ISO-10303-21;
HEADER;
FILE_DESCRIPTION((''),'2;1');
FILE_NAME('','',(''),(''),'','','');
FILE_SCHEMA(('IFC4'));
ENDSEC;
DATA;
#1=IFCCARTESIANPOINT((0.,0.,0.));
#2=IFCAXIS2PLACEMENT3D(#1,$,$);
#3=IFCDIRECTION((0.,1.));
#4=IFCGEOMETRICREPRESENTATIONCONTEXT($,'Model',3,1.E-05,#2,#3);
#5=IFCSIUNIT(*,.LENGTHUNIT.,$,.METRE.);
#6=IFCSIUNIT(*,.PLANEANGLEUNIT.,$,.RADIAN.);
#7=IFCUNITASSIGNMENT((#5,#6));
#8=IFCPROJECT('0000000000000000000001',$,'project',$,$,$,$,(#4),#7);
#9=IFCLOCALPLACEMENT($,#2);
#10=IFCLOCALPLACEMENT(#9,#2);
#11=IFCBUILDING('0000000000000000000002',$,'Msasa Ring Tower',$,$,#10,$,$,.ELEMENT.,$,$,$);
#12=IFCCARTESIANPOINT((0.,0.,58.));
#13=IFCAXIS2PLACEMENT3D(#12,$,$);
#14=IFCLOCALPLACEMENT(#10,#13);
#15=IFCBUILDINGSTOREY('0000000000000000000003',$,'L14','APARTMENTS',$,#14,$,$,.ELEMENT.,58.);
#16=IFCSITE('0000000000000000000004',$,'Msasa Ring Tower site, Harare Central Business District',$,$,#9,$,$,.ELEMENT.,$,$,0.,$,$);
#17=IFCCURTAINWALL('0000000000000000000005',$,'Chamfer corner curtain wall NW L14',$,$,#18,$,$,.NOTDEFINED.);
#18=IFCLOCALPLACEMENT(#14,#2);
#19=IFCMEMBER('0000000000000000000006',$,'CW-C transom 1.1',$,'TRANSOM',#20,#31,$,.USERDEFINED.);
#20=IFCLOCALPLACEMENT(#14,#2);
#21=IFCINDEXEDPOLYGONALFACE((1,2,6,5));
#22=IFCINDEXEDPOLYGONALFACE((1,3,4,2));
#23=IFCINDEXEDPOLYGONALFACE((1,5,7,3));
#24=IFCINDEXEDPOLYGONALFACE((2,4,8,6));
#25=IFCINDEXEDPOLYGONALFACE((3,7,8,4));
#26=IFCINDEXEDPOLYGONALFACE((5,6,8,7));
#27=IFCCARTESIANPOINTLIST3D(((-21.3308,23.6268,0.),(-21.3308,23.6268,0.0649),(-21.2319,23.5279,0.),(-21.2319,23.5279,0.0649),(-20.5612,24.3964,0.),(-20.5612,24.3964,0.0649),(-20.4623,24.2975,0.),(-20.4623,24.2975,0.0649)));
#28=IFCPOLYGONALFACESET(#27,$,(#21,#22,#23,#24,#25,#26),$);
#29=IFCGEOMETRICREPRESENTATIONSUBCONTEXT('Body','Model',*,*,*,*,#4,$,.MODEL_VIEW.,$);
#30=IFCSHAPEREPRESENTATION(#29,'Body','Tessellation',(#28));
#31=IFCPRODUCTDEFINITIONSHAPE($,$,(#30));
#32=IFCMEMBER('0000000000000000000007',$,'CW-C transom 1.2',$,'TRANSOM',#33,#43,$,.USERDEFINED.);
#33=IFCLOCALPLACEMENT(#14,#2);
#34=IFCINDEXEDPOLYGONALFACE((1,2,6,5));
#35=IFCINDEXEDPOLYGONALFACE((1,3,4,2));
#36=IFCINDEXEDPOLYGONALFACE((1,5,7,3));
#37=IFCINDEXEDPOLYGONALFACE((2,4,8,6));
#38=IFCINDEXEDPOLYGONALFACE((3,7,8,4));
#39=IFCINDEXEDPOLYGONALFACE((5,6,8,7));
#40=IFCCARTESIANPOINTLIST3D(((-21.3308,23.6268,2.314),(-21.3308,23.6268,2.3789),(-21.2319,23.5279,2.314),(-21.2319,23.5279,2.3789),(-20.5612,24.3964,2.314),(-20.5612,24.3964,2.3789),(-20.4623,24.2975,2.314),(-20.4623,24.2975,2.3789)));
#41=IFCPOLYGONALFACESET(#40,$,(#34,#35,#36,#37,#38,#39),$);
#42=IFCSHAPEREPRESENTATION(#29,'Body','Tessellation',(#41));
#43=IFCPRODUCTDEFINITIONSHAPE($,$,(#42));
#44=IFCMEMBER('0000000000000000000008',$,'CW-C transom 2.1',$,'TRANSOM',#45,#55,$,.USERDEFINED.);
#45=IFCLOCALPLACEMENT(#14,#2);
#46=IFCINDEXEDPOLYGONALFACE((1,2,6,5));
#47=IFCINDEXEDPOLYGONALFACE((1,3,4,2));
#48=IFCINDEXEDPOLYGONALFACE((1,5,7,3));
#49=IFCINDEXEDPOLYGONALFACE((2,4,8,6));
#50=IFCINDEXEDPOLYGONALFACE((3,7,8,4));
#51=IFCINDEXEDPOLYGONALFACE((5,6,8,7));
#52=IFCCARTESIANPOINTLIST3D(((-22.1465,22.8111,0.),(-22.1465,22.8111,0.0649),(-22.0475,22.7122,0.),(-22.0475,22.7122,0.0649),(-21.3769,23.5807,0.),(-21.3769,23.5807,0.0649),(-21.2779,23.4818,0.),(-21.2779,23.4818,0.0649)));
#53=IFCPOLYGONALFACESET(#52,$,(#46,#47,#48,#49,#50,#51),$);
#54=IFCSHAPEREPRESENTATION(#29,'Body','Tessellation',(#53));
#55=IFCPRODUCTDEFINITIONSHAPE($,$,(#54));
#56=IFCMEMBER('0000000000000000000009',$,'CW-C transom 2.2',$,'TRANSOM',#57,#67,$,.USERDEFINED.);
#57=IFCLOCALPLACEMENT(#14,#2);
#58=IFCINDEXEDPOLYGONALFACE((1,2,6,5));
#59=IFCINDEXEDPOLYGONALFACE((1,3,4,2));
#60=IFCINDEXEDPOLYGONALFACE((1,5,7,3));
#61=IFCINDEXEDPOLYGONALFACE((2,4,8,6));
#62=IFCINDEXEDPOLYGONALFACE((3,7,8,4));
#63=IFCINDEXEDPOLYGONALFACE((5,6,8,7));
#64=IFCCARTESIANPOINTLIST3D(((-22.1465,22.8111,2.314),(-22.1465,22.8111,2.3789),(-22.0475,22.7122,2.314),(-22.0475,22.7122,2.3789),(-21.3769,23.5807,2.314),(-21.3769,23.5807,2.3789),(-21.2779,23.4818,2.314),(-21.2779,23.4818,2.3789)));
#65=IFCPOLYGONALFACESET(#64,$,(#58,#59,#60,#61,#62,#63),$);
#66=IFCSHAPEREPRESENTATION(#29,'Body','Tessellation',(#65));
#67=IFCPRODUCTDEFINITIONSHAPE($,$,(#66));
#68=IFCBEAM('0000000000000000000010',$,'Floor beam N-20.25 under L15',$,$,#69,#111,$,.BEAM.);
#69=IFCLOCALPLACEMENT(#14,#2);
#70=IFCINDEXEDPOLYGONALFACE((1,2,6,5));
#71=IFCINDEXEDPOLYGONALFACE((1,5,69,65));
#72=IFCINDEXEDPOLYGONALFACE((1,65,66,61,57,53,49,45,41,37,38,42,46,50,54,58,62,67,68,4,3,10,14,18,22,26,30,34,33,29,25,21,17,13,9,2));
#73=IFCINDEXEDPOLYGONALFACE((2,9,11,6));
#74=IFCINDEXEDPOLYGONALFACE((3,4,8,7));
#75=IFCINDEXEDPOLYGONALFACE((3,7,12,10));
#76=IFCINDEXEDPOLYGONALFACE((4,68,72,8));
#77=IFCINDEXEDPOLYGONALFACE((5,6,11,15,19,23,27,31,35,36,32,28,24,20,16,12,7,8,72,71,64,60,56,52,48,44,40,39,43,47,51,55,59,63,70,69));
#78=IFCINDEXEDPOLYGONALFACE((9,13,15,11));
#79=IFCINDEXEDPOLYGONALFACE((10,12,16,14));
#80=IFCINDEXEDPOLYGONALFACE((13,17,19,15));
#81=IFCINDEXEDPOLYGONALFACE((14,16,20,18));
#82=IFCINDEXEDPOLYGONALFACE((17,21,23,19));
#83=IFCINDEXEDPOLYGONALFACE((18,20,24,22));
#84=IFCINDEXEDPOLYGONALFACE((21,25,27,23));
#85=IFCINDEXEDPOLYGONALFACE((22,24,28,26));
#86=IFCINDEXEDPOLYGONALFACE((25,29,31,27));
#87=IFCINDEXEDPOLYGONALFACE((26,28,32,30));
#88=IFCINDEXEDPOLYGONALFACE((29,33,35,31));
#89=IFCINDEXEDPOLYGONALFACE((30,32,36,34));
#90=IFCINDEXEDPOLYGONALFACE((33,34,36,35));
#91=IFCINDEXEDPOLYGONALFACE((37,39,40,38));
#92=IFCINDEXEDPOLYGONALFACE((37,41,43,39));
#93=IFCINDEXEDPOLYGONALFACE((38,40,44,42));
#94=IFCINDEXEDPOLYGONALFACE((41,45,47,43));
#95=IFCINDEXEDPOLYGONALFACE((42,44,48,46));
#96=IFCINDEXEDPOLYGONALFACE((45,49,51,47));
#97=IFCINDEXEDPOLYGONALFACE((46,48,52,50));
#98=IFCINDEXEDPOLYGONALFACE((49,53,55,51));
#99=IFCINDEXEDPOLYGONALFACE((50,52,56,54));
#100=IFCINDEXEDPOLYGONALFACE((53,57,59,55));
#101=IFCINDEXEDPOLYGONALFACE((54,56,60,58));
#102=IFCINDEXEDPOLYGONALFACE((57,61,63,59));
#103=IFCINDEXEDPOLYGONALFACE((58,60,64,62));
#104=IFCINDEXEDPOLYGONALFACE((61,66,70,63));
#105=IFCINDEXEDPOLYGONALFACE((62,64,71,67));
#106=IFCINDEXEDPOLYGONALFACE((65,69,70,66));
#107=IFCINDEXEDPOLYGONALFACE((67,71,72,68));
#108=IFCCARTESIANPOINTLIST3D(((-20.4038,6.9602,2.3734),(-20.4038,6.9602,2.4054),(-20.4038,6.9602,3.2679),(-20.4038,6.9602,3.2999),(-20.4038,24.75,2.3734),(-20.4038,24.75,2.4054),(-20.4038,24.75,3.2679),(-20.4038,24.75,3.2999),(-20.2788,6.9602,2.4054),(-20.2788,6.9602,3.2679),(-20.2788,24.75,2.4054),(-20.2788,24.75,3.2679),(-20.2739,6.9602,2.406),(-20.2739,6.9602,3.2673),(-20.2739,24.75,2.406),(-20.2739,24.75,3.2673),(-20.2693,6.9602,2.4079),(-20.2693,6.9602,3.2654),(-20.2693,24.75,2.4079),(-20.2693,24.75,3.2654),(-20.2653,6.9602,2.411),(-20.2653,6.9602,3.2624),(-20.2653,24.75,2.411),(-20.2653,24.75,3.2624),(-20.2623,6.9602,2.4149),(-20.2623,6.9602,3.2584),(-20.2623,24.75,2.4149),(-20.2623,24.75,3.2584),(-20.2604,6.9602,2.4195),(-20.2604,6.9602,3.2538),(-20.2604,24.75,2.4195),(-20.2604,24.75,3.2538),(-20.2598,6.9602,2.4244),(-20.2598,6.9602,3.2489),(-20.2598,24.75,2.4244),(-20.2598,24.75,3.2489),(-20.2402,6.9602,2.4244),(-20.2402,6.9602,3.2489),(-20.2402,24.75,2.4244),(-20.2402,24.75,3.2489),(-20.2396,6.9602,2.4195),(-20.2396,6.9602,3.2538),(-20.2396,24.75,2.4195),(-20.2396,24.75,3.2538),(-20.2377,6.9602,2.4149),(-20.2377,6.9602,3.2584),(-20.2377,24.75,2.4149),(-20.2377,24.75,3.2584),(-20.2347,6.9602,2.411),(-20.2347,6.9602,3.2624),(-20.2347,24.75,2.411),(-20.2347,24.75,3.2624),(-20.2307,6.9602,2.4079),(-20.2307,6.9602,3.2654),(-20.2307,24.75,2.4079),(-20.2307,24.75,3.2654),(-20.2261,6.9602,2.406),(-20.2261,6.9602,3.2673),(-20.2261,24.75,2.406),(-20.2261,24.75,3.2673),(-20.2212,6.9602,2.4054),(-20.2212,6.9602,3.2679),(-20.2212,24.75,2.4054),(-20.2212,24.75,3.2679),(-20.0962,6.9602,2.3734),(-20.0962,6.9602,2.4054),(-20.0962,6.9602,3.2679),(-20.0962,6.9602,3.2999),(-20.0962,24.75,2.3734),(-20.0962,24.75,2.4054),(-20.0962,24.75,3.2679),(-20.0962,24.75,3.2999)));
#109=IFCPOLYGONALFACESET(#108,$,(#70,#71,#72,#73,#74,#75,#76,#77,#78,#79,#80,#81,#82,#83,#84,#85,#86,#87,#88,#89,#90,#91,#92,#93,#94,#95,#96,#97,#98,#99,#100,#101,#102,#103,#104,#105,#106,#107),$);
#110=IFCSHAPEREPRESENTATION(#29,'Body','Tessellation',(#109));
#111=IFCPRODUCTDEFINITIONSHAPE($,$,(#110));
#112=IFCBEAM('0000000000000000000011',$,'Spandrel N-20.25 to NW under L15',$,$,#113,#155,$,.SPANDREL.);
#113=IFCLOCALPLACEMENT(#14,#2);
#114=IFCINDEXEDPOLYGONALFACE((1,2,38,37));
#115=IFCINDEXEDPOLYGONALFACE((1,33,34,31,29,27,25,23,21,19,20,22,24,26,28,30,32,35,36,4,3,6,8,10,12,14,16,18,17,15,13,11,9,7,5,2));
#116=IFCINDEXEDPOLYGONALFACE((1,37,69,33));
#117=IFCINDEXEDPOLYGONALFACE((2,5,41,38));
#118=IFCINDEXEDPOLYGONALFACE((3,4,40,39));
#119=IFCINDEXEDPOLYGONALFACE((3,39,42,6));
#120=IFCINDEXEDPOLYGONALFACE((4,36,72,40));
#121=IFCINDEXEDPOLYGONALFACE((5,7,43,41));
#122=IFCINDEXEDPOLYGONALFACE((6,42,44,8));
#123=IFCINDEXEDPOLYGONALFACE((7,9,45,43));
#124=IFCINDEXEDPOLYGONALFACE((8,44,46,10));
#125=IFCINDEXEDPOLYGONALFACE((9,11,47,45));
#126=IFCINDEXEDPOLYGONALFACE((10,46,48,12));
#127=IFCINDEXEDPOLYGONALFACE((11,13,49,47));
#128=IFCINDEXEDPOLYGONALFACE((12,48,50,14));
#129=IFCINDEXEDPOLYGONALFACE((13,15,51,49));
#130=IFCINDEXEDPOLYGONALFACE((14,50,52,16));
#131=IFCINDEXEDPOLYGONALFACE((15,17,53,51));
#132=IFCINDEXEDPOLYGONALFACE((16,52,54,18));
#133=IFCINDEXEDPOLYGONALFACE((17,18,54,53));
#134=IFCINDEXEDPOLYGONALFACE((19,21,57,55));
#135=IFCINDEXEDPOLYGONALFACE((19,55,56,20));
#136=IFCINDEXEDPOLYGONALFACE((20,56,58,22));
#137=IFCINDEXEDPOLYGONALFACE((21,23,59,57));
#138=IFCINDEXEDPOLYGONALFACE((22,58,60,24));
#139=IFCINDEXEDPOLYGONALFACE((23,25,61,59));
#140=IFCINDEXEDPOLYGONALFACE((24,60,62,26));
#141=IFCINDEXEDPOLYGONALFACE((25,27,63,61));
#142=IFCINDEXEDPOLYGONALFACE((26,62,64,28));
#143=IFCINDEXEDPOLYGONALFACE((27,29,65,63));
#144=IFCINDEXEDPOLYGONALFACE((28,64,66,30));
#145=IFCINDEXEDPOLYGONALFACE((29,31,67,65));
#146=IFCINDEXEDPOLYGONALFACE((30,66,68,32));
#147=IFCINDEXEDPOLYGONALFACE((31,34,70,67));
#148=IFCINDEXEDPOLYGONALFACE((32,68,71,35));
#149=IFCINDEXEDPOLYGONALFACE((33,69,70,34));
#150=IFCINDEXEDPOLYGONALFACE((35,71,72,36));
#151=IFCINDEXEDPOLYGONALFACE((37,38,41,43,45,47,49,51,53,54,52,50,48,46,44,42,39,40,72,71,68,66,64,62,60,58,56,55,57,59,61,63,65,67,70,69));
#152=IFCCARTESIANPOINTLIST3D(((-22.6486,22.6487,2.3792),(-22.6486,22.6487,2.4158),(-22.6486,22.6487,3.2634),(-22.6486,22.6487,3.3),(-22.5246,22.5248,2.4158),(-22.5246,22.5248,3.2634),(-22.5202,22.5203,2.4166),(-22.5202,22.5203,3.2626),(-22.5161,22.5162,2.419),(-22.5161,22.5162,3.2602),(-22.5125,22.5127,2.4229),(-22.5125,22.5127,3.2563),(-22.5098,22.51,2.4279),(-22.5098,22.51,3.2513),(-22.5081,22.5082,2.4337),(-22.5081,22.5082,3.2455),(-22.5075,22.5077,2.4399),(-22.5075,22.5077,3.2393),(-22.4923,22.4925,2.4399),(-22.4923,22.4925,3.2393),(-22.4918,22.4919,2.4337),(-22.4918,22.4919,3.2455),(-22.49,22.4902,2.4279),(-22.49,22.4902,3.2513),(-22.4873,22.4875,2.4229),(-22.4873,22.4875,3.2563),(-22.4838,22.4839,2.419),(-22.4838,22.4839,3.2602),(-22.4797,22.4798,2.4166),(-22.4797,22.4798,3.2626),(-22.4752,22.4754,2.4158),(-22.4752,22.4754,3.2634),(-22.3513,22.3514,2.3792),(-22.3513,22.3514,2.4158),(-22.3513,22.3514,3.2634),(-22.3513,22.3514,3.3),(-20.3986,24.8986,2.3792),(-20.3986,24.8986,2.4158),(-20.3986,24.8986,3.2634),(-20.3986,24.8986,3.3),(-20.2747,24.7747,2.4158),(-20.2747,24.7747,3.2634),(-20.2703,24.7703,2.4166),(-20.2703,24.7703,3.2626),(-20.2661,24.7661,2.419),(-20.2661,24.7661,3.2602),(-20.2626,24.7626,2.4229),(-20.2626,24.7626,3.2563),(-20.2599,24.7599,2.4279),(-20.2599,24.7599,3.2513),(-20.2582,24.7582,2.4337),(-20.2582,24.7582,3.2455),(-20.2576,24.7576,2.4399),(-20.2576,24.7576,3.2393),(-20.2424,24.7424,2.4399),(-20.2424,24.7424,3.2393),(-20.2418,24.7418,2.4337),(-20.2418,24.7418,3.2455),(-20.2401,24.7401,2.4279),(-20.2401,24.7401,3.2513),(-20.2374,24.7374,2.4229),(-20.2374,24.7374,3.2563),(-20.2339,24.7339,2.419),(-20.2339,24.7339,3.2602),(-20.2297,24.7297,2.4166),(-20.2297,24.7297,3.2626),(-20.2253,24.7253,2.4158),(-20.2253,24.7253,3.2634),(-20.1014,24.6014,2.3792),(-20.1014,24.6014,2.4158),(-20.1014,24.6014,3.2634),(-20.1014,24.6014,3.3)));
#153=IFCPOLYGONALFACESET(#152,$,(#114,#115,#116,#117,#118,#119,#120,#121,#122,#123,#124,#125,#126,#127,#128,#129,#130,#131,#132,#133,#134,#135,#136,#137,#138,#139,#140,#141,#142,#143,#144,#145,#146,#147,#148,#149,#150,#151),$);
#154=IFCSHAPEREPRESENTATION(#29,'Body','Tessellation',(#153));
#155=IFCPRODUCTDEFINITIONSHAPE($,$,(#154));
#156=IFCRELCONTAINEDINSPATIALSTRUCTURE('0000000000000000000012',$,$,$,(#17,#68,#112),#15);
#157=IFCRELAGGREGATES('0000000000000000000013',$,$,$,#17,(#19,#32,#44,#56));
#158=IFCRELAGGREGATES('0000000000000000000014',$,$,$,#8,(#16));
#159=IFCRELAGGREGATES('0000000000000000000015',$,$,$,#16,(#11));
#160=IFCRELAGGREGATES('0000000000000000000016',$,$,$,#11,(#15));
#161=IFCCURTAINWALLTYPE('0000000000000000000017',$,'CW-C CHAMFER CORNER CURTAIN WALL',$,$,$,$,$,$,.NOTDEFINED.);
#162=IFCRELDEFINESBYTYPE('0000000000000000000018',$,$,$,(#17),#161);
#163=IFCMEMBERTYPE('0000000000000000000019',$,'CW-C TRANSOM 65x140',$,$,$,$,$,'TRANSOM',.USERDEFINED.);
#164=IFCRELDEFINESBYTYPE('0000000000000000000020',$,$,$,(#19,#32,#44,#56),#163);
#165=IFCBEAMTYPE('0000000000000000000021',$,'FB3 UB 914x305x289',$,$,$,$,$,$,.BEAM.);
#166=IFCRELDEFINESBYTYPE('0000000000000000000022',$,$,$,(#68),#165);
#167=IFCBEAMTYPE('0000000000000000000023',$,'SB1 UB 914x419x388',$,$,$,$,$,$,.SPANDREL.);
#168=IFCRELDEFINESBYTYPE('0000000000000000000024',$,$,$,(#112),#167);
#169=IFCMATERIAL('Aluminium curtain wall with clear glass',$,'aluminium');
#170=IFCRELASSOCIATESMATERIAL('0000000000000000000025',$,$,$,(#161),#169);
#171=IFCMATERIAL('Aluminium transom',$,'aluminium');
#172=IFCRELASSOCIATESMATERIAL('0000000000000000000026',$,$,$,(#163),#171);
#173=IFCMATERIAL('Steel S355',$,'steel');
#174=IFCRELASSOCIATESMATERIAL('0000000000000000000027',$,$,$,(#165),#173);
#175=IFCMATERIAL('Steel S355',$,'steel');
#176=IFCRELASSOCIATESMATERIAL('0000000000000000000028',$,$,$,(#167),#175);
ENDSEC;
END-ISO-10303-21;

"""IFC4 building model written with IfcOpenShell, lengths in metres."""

from ifc_helpers import new_model, si_unit, direction, frame, origin, origin_2d, place, context, subcontext, project, spatial, rectangle, i_section, extrude, material, material_profile, profile_set, type_object, element, aggregate, save


model = new_model("IFC4")

# Units and contexts
model_context = context("Model", 3, precision=1e-05, world=origin(), true_north=direction((0.0, 1.0)))
body_context = subcontext(model_context, "Body", "Model", "MODEL_VIEW")
ifc_project = project(units=[si_unit("LENGTHUNIT", "METRE"), si_unit("PLANEANGLEUNIT", "RADIAN")], contexts=[model_context])

# Site, building, storey
site_placement = place(None, origin())
site = spatial("IfcSite", under=ifc_project, at=site_placement, Name="Msasa Ring Tower site, Harare Central Business District", CompositionType="ELEMENT", RefElevation=0.0)
building_placement = place(site_placement, origin())
building = spatial("IfcBuilding", under=site, at=building_placement, Name="Msasa Ring Tower", CompositionType="ELEMENT")
storey_placement = place(building_placement, frame((0.0, 0.0, 58.0)))
storey = spatial("IfcBuildingStorey", under=building, at=storey_placement, Name="L14", Description="APARTMENTS", CompositionType="ELEMENT", Elevation=58.0)

# Curtain wall
ifc_material_1 = material(Name="Aluminium curtain wall with clear glass", Category="aluminium")
curtain_wall_type = type_object("IfcCurtainWallType", Name="CW-C CHAMFER CORNER CURTAIN WALL", PredefinedType="NOTDEFINED", material=ifc_material_1)
curtain_wall_1_placement = place(storey_placement, origin())
curtain_wall_1 = element("IfcCurtainWall", 1, at=curtain_wall_1_placement, inside=storey, type_object=curtain_wall_type, Name="Chamfer corner curtain wall NW L14", PredefinedType="NOTDEFINED")

# Members
ifc_material_2 = material(Name="Aluminium transom", Category="aluminium")
ifc_material_profile_1 = material_profile(ifc_material_2, rectangle(XDim=0.1399, YDim=0.0649, at=origin_2d()), Name="AL 65x140")
ifc_profile_set_1 = profile_set([ifc_material_profile_1], Name="Aluminium transom")
member_type_1 = type_object("IfcMemberType", Name="CW-C TRANSOM 65x140", ElementType="TRANSOM", PredefinedType="USERDEFINED", material=ifc_profile_set_1)
member_1_placement = place(storey_placement, frame((-20.5117, 24.3469, 0.0325), z_axis=(-0.707107, -0.707107, 0.0), x_axis=(0.707107, -0.707107, 0.0)))
member_1 = element("IfcMember", 2, at=member_1_placement, type_object=member_type_1, Name="CW-C transom 1.1", ObjectType="TRANSOM", PredefinedType="USERDEFINED", context=body_context, shape_type="SweptSolid", body=[
    extrude(rectangle(XDim=0.1399, YDim=0.0649, at=origin_2d()), origin(), (0.0, 0.0, 1.0), 1.0884),
])
member_2_placement = place(storey_placement, frame((-20.5117, 24.3469, 2.3464), z_axis=(-0.707107, -0.707107, 0.0), x_axis=(0.707107, -0.707107, 0.0)))
member_2 = element("IfcMember", 3, at=member_2_placement, type_object=member_type_1, Name="CW-C transom 1.2", ObjectType="TRANSOM", PredefinedType="USERDEFINED", context=body_context, shape_type="SweptSolid", body=[
    extrude(rectangle(XDim=0.1399, YDim=0.0649, at=origin_2d()), origin(), (0.0, 0.0, 1.0), 1.0884),
])
member_3_placement = place(storey_placement, frame((-21.3274, 23.5312, 0.0325), z_axis=(-0.707107, -0.707107, 0.0), x_axis=(0.707107, -0.707107, 0.0)))
member_3 = element("IfcMember", 4, at=member_3_placement, type_object=member_type_1, Name="CW-C transom 2.1", ObjectType="TRANSOM", PredefinedType="USERDEFINED", context=body_context, shape_type="SweptSolid", body=[
    extrude(rectangle(XDim=0.1399, YDim=0.0649, at=origin_2d()), origin(), (0.0, 0.0, 1.0), 1.0884),
])
member_4_placement = place(storey_placement, frame((-21.3274, 23.5312, 2.3464), z_axis=(-0.707107, -0.707107, 0.0), x_axis=(0.707107, -0.707107, 0.0)))
member_4 = element("IfcMember", 5, at=member_4_placement, type_object=member_type_1, Name="CW-C transom 2.2", ObjectType="TRANSOM", PredefinedType="USERDEFINED", context=body_context, shape_type="SweptSolid", body=[
    extrude(rectangle(XDim=0.1399, YDim=0.0649, at=origin_2d()), origin(), (0.0, 0.0, 1.0), 1.0884),
])

# Beams
ifc_material_3 = material(Name="Steel S355", Category="steel")
ifc_material_profile_2 = material_profile(ifc_material_3, i_section(OverallWidth=0.3076, OverallDepth=0.9265, WebThickness=0.0195, FlangeThickness=0.032, FilletRadius=0.019, at=origin_2d()), Name="UB 914x305x289")
ifc_profile_set_2 = profile_set([ifc_material_profile_2], Name="Steel S355")
beam_type_1 = type_object("IfcBeamType", Name="FB3 UB 914x305x289", PredefinedType="BEAM", material=ifc_profile_set_2)
beam_placement = place(storey_placement, frame((-20.25, 24.75, 2.8367), z_axis=(0.0, -1.0, 0.0), x_axis=(1.0, 0.0, 0.0)))
element("IfcBeam", 6, at=beam_placement, inside=storey, type_object=beam_type_1, Name="Floor beam N-20.25 under L15", PredefinedType="BEAM", context=body_context, shape_type="SweptSolid", body=[
    extrude(i_section(OverallWidth=0.3076, OverallDepth=0.9265, WebThickness=0.0195, FlangeThickness=0.032, FilletRadius=0.019, at=origin_2d()), origin(), (0.0, 0.0, 1.0), 17.7898),
])
ifc_material_4 = material(Name="Steel S355", Category="steel")
ifc_material_profile_3 = material_profile(ifc_material_4, i_section(OverallWidth=0.4204, OverallDepth=0.9209, WebThickness=0.0215, FlangeThickness=0.0366, FilletRadius=0.0242, at=origin_2d()), Name="UB 914x419x388")
ifc_profile_set_3 = profile_set([ifc_material_profile_3], Name="Steel S355")
beam_type_2 = type_object("IfcBeamType", Name="SB1 UB 914x419x388", PredefinedType="SPANDREL", material=ifc_profile_set_3)
for number, where, z_axis, x_axis, name in (
    (7, (-20.25, 24.75, 2.8396), (-0.707107, -0.707107, 0.0), (0.707107, -0.707107, 0.0), "Spandrel N-20.25 to NW under L15"),
):
    element("IfcBeam", number, at=place(storey_placement, frame(where, z_axis=z_axis, x_axis=x_axis)), inside=storey, type_object=beam_type_2, Name=name, PredefinedType="SPANDREL", context=body_context, shape_type="SweptSolid", body=[
        extrude(i_section(OverallWidth=0.4204, OverallDepth=0.9209, WebThickness=0.0215, FlangeThickness=0.0366, FilletRadius=0.0242, at=origin_2d()), origin(), (0.0, 0.0, 1.0), 3.1819),
    ])

aggregate(curtain_wall_1, [member_1, member_2, member_3, member_4])

save(model, "model.ifc")
